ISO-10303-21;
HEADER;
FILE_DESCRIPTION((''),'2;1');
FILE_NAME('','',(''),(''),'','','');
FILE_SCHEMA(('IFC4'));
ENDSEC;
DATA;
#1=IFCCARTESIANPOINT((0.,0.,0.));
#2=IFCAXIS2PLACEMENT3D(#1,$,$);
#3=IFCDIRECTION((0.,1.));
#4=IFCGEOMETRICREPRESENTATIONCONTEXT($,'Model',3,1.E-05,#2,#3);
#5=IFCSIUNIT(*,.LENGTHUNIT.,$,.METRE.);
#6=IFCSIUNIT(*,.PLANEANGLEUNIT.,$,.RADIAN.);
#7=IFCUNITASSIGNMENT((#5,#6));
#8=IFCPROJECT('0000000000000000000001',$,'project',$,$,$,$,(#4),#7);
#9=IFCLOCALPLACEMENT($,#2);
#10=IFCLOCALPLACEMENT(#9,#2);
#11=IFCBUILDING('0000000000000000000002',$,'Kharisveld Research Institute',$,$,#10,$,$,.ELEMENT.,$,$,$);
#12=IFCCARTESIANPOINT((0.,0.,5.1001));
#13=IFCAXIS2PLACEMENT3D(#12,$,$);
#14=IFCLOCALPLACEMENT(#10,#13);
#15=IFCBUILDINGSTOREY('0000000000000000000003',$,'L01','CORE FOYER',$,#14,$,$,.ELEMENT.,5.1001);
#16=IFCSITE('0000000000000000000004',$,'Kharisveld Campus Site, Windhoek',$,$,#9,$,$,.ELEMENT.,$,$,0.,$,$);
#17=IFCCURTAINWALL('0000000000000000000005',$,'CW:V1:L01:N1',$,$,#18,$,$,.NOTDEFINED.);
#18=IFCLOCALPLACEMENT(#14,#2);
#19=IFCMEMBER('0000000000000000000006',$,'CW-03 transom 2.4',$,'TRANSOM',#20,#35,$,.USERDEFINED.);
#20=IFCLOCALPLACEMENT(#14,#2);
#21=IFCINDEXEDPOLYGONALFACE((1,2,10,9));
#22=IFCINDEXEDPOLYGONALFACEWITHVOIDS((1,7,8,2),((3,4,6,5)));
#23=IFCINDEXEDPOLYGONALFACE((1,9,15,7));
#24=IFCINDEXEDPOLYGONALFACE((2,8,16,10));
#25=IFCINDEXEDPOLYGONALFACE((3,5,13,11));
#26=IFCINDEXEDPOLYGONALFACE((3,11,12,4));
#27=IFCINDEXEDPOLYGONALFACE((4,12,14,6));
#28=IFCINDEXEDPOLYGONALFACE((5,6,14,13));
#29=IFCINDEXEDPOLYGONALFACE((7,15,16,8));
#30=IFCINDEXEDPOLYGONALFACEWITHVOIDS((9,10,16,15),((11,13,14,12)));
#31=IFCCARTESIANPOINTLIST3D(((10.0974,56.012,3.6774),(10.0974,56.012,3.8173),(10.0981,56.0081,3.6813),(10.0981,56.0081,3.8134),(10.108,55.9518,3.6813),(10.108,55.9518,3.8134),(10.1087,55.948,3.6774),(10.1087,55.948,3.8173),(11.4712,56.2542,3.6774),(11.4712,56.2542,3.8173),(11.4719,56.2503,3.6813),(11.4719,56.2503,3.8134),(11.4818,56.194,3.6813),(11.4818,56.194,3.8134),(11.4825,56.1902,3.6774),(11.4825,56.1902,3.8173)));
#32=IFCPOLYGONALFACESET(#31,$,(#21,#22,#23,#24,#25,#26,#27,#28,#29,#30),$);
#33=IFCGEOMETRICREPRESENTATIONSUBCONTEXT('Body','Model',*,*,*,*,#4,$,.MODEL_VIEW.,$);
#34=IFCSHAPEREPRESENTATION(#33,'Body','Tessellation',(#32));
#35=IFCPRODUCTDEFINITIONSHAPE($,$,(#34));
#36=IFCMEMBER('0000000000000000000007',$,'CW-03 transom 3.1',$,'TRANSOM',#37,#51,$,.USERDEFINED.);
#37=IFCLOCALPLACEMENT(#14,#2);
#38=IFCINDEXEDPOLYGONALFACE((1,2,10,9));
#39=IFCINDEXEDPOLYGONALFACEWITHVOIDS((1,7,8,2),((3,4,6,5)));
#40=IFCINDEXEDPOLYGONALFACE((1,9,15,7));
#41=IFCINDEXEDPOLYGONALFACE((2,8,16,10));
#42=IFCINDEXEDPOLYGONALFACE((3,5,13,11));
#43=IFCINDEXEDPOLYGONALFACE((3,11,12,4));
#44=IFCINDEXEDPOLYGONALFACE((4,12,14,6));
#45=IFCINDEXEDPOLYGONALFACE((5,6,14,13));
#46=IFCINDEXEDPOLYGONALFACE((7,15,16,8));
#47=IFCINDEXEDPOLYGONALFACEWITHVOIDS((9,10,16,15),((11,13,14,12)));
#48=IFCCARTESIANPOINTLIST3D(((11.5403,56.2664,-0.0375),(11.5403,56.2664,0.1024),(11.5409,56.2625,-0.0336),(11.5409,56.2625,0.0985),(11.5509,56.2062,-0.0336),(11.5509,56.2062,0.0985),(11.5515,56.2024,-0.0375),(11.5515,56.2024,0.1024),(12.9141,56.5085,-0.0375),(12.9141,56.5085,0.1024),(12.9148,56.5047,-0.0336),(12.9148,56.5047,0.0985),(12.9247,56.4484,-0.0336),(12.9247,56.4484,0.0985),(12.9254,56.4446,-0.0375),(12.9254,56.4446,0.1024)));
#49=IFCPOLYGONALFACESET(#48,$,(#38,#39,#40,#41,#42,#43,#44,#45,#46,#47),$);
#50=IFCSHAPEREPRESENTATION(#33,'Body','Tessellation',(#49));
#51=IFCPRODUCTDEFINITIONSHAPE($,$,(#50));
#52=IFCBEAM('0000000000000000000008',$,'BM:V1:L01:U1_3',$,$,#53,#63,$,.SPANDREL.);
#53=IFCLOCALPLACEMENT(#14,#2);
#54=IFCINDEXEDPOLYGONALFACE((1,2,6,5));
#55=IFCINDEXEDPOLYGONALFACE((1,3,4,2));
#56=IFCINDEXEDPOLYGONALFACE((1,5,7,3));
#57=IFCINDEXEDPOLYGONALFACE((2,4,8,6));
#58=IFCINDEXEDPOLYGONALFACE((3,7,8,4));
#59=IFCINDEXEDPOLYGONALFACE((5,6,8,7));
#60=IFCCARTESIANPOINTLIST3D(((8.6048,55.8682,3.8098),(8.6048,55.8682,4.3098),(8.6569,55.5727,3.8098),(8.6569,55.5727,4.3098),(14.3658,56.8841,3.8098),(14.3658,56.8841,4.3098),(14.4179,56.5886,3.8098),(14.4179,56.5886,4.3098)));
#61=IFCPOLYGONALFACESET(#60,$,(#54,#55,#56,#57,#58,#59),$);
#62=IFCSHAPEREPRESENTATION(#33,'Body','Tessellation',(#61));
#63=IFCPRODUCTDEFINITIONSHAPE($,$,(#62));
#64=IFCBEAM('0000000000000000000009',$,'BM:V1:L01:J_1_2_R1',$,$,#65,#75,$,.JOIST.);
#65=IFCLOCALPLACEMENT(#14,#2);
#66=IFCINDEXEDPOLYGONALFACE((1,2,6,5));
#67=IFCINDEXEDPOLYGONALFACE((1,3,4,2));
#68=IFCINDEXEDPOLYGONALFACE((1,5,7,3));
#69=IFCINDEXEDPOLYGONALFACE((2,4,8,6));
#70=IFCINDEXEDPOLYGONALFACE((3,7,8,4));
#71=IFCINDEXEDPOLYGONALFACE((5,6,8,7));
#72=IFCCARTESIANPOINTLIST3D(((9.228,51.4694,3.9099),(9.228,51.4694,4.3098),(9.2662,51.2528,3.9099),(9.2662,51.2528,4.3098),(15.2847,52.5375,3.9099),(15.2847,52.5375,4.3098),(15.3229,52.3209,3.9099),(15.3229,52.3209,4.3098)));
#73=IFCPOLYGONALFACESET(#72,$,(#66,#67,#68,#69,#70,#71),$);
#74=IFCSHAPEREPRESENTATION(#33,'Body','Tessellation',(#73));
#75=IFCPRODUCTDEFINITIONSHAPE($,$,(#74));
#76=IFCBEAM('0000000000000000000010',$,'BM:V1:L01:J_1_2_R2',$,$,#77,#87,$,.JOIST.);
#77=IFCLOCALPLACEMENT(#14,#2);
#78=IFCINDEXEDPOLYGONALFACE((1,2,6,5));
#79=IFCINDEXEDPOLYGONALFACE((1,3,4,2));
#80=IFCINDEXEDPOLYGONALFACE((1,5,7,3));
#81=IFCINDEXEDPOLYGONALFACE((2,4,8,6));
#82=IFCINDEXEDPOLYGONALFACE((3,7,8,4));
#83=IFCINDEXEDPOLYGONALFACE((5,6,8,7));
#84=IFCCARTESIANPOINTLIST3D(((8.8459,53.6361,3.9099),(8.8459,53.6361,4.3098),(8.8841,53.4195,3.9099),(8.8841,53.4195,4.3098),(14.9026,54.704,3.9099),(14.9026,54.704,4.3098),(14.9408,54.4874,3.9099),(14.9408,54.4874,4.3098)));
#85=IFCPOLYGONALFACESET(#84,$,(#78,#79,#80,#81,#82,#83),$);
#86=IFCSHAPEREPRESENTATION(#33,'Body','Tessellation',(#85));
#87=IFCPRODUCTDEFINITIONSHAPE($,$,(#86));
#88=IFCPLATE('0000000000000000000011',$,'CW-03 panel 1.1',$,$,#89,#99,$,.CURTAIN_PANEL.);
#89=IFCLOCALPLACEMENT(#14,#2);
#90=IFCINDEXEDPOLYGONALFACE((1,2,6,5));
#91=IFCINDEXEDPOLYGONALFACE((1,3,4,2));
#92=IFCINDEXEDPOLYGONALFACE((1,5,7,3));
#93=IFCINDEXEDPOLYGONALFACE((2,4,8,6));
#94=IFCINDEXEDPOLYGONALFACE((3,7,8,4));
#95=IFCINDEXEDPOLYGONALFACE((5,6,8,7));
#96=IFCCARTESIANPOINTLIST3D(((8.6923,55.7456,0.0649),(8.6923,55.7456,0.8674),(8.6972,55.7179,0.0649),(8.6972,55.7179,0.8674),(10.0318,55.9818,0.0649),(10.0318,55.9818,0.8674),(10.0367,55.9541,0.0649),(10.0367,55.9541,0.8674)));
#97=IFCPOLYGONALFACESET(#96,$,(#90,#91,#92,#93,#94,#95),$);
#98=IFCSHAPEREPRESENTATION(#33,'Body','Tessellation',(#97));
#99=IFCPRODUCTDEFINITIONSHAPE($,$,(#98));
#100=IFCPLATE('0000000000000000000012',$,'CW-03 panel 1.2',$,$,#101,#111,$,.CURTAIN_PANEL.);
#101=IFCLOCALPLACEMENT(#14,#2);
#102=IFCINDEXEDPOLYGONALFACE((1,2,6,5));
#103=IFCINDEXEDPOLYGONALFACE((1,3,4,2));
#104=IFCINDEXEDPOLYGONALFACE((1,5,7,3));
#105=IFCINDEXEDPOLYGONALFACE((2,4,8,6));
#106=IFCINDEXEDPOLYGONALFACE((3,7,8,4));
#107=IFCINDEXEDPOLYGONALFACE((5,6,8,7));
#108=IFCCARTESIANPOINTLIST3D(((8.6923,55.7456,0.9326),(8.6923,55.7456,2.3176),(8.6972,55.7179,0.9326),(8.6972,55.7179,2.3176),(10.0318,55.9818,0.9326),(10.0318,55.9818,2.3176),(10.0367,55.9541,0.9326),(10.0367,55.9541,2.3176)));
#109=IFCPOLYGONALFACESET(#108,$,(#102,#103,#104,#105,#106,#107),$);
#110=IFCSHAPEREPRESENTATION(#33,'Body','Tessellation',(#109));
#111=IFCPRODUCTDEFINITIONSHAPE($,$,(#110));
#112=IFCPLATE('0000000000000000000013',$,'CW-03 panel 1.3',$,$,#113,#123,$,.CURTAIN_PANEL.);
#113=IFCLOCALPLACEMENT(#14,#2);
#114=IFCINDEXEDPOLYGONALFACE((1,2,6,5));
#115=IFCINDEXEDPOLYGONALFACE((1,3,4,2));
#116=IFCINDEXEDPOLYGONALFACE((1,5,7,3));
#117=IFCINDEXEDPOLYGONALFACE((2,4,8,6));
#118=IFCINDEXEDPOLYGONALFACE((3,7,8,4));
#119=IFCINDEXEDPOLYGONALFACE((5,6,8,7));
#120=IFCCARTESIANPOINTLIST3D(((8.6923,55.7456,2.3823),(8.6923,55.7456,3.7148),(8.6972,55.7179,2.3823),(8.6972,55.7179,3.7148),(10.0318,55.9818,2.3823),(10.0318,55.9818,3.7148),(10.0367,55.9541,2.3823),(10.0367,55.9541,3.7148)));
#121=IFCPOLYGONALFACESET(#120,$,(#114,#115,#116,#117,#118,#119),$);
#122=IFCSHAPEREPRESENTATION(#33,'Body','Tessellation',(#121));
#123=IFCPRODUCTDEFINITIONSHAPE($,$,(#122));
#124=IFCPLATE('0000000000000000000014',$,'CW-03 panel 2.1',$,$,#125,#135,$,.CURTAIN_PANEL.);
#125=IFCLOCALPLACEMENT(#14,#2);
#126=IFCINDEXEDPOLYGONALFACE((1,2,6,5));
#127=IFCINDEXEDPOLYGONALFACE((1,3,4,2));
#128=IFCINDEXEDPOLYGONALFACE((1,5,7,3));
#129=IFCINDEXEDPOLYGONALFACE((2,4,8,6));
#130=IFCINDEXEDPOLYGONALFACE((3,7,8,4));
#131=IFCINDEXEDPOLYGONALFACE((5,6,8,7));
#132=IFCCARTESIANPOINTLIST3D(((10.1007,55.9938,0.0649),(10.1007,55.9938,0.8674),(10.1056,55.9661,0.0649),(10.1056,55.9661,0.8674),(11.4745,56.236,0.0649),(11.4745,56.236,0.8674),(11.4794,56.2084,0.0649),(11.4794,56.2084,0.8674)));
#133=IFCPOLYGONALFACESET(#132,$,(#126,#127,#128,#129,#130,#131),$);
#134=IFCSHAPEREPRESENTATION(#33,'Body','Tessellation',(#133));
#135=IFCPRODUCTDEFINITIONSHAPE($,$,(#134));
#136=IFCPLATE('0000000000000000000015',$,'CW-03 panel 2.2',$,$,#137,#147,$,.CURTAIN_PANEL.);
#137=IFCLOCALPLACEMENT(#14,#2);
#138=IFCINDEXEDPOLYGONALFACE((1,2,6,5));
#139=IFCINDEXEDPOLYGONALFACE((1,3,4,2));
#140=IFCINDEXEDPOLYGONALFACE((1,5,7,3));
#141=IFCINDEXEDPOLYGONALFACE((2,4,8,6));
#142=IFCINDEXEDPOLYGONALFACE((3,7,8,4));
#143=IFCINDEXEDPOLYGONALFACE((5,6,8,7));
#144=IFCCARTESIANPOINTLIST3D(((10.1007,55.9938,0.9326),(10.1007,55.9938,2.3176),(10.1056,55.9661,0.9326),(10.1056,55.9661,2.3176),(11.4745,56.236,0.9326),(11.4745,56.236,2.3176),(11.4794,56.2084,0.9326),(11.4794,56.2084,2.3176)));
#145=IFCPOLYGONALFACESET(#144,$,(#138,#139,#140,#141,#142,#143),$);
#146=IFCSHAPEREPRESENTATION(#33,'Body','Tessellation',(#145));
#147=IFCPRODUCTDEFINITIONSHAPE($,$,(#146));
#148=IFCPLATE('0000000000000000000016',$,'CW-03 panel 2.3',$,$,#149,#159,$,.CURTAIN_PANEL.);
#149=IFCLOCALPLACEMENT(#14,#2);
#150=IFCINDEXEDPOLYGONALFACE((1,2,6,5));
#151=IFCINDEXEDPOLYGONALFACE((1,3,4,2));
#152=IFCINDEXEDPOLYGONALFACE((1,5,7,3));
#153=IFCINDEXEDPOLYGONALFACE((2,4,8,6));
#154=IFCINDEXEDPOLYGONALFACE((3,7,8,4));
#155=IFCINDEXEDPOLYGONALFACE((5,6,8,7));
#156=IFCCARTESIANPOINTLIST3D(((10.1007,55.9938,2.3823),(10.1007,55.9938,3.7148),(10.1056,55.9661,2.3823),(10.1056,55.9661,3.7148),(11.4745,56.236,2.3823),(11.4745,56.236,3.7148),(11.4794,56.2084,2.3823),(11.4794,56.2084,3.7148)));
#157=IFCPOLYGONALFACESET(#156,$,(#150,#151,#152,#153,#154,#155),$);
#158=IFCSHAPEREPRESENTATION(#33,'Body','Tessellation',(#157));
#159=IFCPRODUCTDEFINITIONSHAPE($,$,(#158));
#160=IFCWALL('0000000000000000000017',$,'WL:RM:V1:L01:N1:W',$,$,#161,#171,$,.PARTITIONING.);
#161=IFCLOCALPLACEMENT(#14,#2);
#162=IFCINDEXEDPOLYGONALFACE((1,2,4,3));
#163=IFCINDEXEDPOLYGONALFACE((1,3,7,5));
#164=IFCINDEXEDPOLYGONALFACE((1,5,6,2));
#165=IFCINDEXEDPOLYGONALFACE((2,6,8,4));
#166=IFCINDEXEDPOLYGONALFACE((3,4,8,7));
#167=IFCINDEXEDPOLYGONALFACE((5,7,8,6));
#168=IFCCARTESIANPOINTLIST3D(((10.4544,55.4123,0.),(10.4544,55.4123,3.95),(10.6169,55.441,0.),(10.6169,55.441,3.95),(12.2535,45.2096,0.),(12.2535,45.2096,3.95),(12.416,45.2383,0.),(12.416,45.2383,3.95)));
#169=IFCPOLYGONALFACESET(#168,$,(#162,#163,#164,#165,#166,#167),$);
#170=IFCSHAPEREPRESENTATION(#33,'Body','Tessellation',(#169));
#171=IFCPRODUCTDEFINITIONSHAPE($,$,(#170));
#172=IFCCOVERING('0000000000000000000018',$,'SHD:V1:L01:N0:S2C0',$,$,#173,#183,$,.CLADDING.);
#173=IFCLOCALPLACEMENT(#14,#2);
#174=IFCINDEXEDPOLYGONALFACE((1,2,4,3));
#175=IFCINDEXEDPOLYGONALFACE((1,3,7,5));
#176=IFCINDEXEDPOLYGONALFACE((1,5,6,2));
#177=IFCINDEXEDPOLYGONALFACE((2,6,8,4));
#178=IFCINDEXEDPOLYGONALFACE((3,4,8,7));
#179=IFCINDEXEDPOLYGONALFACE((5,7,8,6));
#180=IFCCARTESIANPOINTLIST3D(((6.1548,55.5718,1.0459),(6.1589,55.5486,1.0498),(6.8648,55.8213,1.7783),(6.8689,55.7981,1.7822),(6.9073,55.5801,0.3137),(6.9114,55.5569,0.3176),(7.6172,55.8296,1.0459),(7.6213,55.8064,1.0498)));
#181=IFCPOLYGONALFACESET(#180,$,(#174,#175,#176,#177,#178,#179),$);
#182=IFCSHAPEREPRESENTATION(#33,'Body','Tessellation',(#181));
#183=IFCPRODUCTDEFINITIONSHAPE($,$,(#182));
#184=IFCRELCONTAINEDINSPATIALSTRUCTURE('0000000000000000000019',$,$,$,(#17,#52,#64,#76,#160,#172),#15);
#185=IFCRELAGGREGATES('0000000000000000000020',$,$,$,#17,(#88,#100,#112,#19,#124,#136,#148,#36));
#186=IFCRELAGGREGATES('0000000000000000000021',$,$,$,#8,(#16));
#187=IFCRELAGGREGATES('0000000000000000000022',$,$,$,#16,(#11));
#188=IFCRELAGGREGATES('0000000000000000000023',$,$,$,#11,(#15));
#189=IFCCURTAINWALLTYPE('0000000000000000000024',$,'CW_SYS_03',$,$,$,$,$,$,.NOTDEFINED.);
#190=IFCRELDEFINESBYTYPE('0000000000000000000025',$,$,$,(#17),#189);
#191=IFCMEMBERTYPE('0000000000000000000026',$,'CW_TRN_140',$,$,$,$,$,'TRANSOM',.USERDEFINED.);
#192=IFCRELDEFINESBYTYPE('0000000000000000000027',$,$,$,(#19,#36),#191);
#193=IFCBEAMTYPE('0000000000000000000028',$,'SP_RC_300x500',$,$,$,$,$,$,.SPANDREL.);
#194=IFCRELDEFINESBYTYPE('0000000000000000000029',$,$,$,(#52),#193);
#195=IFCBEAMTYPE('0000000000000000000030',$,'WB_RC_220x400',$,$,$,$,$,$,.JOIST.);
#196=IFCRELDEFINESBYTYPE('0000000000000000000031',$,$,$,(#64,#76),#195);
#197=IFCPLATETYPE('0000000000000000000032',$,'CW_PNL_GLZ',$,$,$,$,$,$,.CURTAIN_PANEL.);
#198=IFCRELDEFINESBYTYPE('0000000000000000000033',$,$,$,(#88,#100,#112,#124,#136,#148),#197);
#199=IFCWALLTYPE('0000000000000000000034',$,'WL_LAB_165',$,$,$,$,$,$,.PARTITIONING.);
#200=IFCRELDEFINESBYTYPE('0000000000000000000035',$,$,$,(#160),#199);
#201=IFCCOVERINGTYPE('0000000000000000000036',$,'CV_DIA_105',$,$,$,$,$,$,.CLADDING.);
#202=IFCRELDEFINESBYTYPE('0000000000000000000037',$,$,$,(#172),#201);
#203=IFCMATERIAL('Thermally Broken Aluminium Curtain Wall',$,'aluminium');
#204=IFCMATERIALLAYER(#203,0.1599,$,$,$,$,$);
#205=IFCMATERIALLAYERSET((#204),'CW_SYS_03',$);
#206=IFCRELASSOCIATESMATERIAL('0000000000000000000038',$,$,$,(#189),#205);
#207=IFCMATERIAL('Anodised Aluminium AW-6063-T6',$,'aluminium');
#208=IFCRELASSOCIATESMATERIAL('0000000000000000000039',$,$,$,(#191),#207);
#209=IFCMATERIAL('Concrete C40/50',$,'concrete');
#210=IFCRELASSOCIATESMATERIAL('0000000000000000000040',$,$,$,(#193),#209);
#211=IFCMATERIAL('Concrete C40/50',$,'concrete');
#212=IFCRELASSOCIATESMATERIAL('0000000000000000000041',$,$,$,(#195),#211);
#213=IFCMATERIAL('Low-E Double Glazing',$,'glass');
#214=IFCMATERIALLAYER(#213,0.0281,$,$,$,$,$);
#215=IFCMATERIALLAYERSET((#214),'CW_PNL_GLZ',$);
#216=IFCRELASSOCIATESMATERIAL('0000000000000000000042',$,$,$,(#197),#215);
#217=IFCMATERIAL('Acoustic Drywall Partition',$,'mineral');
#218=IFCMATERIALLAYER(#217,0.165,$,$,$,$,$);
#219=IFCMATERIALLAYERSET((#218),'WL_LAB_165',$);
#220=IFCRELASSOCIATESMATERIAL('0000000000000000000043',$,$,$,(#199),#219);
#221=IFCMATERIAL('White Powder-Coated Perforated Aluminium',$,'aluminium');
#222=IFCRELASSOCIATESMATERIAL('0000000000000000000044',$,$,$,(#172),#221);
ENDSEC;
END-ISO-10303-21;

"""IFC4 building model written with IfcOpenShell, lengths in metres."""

from ifc_helpers import new_model, si_unit, direction, frame, frame_2d, origin, origin_2d, place, context, subcontext, project, spatial, polyline, rectangle, hollow_rectangle, outline, extrude, material, layer, layer_set, material_profile, profile_set, type_object, element, aggregate, save


model = new_model("IFC4")

# Units and contexts
model_context = context("Model", 3, precision=1e-05, world=origin(), true_north=direction((0.0, 1.0)))
body_context = subcontext(model_context, "Body", "Model", "MODEL_VIEW")
ifc_project = project(units=[si_unit("LENGTHUNIT", "METRE"), si_unit("PLANEANGLEUNIT", "RADIAN")], contexts=[model_context])

# Site, building, storey
site_placement = place(None, origin())
site = spatial("IfcSite", under=ifc_project, at=site_placement, Name="Kharisveld Campus Site, Windhoek", CompositionType="ELEMENT", RefElevation=0.0)
building_placement = place(site_placement, origin())
building = spatial("IfcBuilding", under=site, at=building_placement, Name="Kharisveld Research Institute", CompositionType="ELEMENT")
storey_placement = place(building_placement, frame((0.0, 0.0, 5.1001)))
storey = spatial("IfcBuildingStorey", under=building, at=storey_placement, Name="L01", Description="CORE FOYER", CompositionType="ELEMENT", Elevation=5.1001)

# Curtain wall, members
ifc_material_1 = material(Name="Thermally Broken Aluminium Curtain Wall", Category="aluminium")
ifc_layer_1 = layer(ifc_material_1, 0.1599)
ifc_layer_set_1 = layer_set([ifc_layer_1], Name="CW_SYS_03")
curtain_wall_type = type_object("IfcCurtainWallType", Name="CW_SYS_03", PredefinedType="NOTDEFINED", material=ifc_layer_set_1)
curtain_wall_placement = place(storey_placement, origin())
curtain_wall = element("IfcCurtainWall", 1, at=curtain_wall_placement, inside=storey, type_object=curtain_wall_type, Name="CW:V1:L01:N1", PredefinedType="NOTDEFINED")
ifc_material_2 = material(Name="Anodised Aluminium AW-6063-T6", Category="aluminium")
ifc_material_profile_1 = material_profile(ifc_material_2, hollow_rectangle(XDim=0.0649, YDim=0.1399, WallThickness=0.0039, at=origin_2d()))
ifc_profile_set_1 = profile_set([ifc_material_profile_1], Name="Anodised Aluminium AW-6063-T6")
member_type_1 = type_object("IfcMemberType", Name="CW_TRN_140", ElementType="TRANSOM", PredefinedType="USERDEFINED", material=ifc_profile_set_1)
member_1_placement = place(storey_placement, frame((10.103, 55.98, 3.7473), z_axis=(0.984813, 0.173616, 0.0), x_axis=(-0.173616, 0.984813, 0.0)))
member_1 = element("IfcMember", 2, at=member_1_placement, type_object=member_type_1, Name="CW-03 transom 2.4", ObjectType="TRANSOM", PredefinedType="USERDEFINED", context=body_context, shape_type="SweptSolid", body=[
    extrude(hollow_rectangle(XDim=0.0649, YDim=0.1399, WallThickness=0.0039, at=origin_2d()), origin(), (0.0, 0.0, 1.0), 1.395),
])
member_2_placement = place(storey_placement, frame((11.5459, 56.2344, 0.0325), z_axis=(0.984813, 0.173616, 0.0), x_axis=(-0.173616, 0.984813, 0.0)))
member_2 = element("IfcMember", 3, at=member_2_placement, type_object=member_type_1, Name="CW-03 transom 3.1", ObjectType="TRANSOM", PredefinedType="USERDEFINED", context=body_context, shape_type="SweptSolid", body=[
    extrude(hollow_rectangle(XDim=0.0649, YDim=0.1399, WallThickness=0.0039, at=origin_2d()), origin(), (0.0, 0.0, 1.0), 1.395),
])

# Beams
ifc_material_3 = material(Name="Concrete C40/50", Category="concrete")
ifc_material_profile_2 = material_profile(ifc_material_3, rectangle(XDim=0.3, YDim=0.5, at=origin_2d()))
ifc_profile_set_2 = profile_set([ifc_material_profile_2], Name="Concrete C40/50")
beam_type_1 = type_object("IfcBeamType", Name="SP_RC_300x500", PredefinedType="SPANDREL", material=ifc_profile_set_2)
beam_placement = place(storey_placement, frame((8.6309, 55.7205, 4.0598), z_axis=(0.984806, 0.173657, 0.0), x_axis=(-0.173657, 0.984806, 0.0)))
element("IfcBeam", 4, at=beam_placement, inside=storey, type_object=beam_type_1, Name="BM:V1:L01:U1_3", PredefinedType="SPANDREL", context=body_context, shape_type="SweptSolid", body=[
    extrude(rectangle(XDim=0.3, YDim=0.5, at=origin_2d()), origin(), (0.0, 0.0, 1.0), 5.8499),
])
ifc_material_4 = material(Name="Concrete C40/50", Category="concrete")
ifc_material_profile_3 = material_profile(ifc_material_4, rectangle(XDim=0.22, YDim=0.3999, at=origin_2d()))
ifc_profile_set_3 = profile_set([ifc_material_profile_3], Name="Concrete C40/50")
beam_type_2 = type_object("IfcBeamType", Name="WB_RC_220x400", PredefinedType="JOIST", material=ifc_profile_set_3)
for number, where, z_axis, x_axis, name in (
    (5, (9.2471, 51.3611, 4.1099), (0.984803, 0.173674, 0.0), (-0.173674, 0.984803, 0.0), "BM:V1:L01:J_1_2_R1"),
    (6, (8.865, 53.5278, 4.1099), (0.98481, 0.173636, 0.0), (-0.173636, 0.98481, 0.0), "BM:V1:L01:J_1_2_R2"),
):
    element("IfcBeam", number, at=place(storey_placement, frame(where, z_axis=z_axis, x_axis=x_axis)), inside=storey, type_object=beam_type_2, Name=name, PredefinedType="JOIST", context=body_context, shape_type="SweptSolid", body=[
        extrude(rectangle(XDim=0.22, YDim=0.3999, at=origin_2d()), origin(), (0.0, 0.0, 1.0), 6.1501),
    ])

# Plates
ifc_material_5 = material(Name="Low-E Double Glazing", Category="glass")
ifc_layer_2 = layer(ifc_material_5, 0.0281)
ifc_layer_set_2 = layer_set([ifc_layer_2], Name="CW_PNL_GLZ")
plate_type = type_object("IfcPlateType", Name="CW_PNL_GLZ", PredefinedType="CURTAIN_PANEL", material=ifc_layer_set_2)
plate_1_placement = place(storey_placement, frame((9.3645, 55.8499, 0.0649), z_axis=(0.0, 0.0, 1.0), x_axis=(0.984808, 0.173648, 0.0)))
plate_1 = element("IfcPlate", 7, at=plate_1_placement, type_object=plate_type, Name="CW-03 panel 1.1", PredefinedType="CURTAIN_PANEL", context=body_context, shape_type="SweptSolid", body=[
    extrude(rectangle(XDim=1.3601, YDim=0.0281, at=origin_2d()), origin(), (0.0, 0.0, 1.0), 0.8025),
])
plate_2_placement = place(storey_placement, frame((9.3645, 55.8499, 0.9326), z_axis=(0.0, 0.0, 1.0), x_axis=(0.984808, 0.173648, 0.0)))
plate_2 = element("IfcPlate", 8, at=plate_2_placement, type_object=plate_type, Name="CW-03 panel 1.2", PredefinedType="CURTAIN_PANEL", context=body_context, shape_type="SweptSolid", body=[
    extrude(rectangle(XDim=1.3601, YDim=0.0281, at=origin_2d()), origin(), (0.0, 0.0, 1.0), 1.385),
])
plate_3_placement = place(storey_placement, frame((9.3645, 55.8499, 2.3823), z_axis=(0.0, 0.0, 1.0), x_axis=(0.984808, 0.173648, 0.0)))
plate_3 = element("IfcPlate", 9, at=plate_3_placement, type_object=plate_type, Name="CW-03 panel 1.3", PredefinedType="CURTAIN_PANEL", context=body_context, shape_type="SweptSolid", body=[
    extrude(rectangle(XDim=1.3601, YDim=0.0281, at=origin_2d()), origin(), (0.0, 0.0, 1.0), 1.3325),
])
plate_4_placement = place(storey_placement, frame((10.79, 56.1011, 0.0649), z_axis=(0.0, 0.0, 1.0), x_axis=(0.984808, 0.173648, 0.0)))
plate_4 = element("IfcPlate", 10, at=plate_4_placement, type_object=plate_type, Name="CW-03 panel 2.1", PredefinedType="CURTAIN_PANEL", context=body_context, shape_type="SweptSolid", body=[
    extrude(rectangle(XDim=1.395, YDim=0.0281, at=origin_2d()), origin(), (0.0, 0.0, 1.0), 0.8025),
])
plate_5_placement = place(storey_placement, frame((10.79, 56.1011, 0.9326), z_axis=(0.0, 0.0, 1.0), x_axis=(0.984808, 0.173648, 0.0)))
plate_5 = element("IfcPlate", 11, at=plate_5_placement, type_object=plate_type, Name="CW-03 panel 2.2", PredefinedType="CURTAIN_PANEL", context=body_context, shape_type="SweptSolid", body=[
    extrude(rectangle(XDim=1.395, YDim=0.0281, at=origin_2d()), origin(), (0.0, 0.0, 1.0), 1.385),
])
plate_6_placement = place(storey_placement, frame((10.79, 56.1011, 2.3823), z_axis=(0.0, 0.0, 1.0), x_axis=(0.984808, 0.173648, 0.0)))
plate_6 = element("IfcPlate", 12, at=plate_6_placement, type_object=plate_type, Name="CW-03 panel 2.3", PredefinedType="CURTAIN_PANEL", context=body_context, shape_type="SweptSolid", body=[
    extrude(rectangle(XDim=1.395, YDim=0.0281, at=origin_2d()), origin(), (0.0, 0.0, 1.0), 1.3325),
])
aggregate(curtain_wall, [plate_1, plate_2, plate_3, member_1, plate_4, plate_5, plate_6, member_2])

# Wall
ifc_material_6 = material(Name="Acoustic Drywall Partition", Category="mineral")
ifc_layer_3 = layer(ifc_material_6, 0.165)
ifc_layer_set_3 = layer_set([ifc_layer_3], Name="WL_LAB_165")
wall_type = type_object("IfcWallType", Name="WL_LAB_165", PredefinedType="PARTITIONING", material=ifc_layer_set_3)
wall_placement = place(storey_placement, frame((10.5356, 55.4268, 0.0), z_axis=(0.0, 0.0, 1.0), x_axis=(0.173655, -0.984807, 0.0)))
element("IfcWall", 13, at=wall_placement, inside=storey, type_object=wall_type, Name="WL:RM:V1:L01:N1:W", PredefinedType="PARTITIONING", context=body_context, shape_type="SweptSolid", body=[
    extrude(rectangle(XDim=10.3601, YDim=0.165, at=frame_2d((5.1802, 0.0))), origin(), (0.0, 0.0, 1.0), 3.95),
])

# Covering
ifc_material_7 = material(Name="White Powder-Coated Perforated Aluminium", Category="aluminium")
covering_type = type_object("IfcCoveringType", Name="CV_DIA_105", PredefinedType="CLADDING")
covering_1_placement = place(storey_placement, frame((6.9114, 55.5569, 0.3176), z_axis=(0.171239, -0.971325, 0.164938), x_axis=(0.676192, 0.237624, 0.697352)))
element("IfcCovering", 14, at=covering_1_placement, inside=storey, type_object=covering_type, material=ifc_material_7, Name="SHD:V1:L01:N0:S2C0", PredefinedType="CLADDING", context=body_context, shape_type="SweptSolid", body=[
    extrude(outline(polyline([(0.0, 0.0), (1.0499, 0.0), (1.0499, 1.0501), (-0.0002, 1.0499), (0.0, 0.0)])), origin(), (0.0, 0.0, -1.0), 0.0239),
])

save(model, "model.ifc")
